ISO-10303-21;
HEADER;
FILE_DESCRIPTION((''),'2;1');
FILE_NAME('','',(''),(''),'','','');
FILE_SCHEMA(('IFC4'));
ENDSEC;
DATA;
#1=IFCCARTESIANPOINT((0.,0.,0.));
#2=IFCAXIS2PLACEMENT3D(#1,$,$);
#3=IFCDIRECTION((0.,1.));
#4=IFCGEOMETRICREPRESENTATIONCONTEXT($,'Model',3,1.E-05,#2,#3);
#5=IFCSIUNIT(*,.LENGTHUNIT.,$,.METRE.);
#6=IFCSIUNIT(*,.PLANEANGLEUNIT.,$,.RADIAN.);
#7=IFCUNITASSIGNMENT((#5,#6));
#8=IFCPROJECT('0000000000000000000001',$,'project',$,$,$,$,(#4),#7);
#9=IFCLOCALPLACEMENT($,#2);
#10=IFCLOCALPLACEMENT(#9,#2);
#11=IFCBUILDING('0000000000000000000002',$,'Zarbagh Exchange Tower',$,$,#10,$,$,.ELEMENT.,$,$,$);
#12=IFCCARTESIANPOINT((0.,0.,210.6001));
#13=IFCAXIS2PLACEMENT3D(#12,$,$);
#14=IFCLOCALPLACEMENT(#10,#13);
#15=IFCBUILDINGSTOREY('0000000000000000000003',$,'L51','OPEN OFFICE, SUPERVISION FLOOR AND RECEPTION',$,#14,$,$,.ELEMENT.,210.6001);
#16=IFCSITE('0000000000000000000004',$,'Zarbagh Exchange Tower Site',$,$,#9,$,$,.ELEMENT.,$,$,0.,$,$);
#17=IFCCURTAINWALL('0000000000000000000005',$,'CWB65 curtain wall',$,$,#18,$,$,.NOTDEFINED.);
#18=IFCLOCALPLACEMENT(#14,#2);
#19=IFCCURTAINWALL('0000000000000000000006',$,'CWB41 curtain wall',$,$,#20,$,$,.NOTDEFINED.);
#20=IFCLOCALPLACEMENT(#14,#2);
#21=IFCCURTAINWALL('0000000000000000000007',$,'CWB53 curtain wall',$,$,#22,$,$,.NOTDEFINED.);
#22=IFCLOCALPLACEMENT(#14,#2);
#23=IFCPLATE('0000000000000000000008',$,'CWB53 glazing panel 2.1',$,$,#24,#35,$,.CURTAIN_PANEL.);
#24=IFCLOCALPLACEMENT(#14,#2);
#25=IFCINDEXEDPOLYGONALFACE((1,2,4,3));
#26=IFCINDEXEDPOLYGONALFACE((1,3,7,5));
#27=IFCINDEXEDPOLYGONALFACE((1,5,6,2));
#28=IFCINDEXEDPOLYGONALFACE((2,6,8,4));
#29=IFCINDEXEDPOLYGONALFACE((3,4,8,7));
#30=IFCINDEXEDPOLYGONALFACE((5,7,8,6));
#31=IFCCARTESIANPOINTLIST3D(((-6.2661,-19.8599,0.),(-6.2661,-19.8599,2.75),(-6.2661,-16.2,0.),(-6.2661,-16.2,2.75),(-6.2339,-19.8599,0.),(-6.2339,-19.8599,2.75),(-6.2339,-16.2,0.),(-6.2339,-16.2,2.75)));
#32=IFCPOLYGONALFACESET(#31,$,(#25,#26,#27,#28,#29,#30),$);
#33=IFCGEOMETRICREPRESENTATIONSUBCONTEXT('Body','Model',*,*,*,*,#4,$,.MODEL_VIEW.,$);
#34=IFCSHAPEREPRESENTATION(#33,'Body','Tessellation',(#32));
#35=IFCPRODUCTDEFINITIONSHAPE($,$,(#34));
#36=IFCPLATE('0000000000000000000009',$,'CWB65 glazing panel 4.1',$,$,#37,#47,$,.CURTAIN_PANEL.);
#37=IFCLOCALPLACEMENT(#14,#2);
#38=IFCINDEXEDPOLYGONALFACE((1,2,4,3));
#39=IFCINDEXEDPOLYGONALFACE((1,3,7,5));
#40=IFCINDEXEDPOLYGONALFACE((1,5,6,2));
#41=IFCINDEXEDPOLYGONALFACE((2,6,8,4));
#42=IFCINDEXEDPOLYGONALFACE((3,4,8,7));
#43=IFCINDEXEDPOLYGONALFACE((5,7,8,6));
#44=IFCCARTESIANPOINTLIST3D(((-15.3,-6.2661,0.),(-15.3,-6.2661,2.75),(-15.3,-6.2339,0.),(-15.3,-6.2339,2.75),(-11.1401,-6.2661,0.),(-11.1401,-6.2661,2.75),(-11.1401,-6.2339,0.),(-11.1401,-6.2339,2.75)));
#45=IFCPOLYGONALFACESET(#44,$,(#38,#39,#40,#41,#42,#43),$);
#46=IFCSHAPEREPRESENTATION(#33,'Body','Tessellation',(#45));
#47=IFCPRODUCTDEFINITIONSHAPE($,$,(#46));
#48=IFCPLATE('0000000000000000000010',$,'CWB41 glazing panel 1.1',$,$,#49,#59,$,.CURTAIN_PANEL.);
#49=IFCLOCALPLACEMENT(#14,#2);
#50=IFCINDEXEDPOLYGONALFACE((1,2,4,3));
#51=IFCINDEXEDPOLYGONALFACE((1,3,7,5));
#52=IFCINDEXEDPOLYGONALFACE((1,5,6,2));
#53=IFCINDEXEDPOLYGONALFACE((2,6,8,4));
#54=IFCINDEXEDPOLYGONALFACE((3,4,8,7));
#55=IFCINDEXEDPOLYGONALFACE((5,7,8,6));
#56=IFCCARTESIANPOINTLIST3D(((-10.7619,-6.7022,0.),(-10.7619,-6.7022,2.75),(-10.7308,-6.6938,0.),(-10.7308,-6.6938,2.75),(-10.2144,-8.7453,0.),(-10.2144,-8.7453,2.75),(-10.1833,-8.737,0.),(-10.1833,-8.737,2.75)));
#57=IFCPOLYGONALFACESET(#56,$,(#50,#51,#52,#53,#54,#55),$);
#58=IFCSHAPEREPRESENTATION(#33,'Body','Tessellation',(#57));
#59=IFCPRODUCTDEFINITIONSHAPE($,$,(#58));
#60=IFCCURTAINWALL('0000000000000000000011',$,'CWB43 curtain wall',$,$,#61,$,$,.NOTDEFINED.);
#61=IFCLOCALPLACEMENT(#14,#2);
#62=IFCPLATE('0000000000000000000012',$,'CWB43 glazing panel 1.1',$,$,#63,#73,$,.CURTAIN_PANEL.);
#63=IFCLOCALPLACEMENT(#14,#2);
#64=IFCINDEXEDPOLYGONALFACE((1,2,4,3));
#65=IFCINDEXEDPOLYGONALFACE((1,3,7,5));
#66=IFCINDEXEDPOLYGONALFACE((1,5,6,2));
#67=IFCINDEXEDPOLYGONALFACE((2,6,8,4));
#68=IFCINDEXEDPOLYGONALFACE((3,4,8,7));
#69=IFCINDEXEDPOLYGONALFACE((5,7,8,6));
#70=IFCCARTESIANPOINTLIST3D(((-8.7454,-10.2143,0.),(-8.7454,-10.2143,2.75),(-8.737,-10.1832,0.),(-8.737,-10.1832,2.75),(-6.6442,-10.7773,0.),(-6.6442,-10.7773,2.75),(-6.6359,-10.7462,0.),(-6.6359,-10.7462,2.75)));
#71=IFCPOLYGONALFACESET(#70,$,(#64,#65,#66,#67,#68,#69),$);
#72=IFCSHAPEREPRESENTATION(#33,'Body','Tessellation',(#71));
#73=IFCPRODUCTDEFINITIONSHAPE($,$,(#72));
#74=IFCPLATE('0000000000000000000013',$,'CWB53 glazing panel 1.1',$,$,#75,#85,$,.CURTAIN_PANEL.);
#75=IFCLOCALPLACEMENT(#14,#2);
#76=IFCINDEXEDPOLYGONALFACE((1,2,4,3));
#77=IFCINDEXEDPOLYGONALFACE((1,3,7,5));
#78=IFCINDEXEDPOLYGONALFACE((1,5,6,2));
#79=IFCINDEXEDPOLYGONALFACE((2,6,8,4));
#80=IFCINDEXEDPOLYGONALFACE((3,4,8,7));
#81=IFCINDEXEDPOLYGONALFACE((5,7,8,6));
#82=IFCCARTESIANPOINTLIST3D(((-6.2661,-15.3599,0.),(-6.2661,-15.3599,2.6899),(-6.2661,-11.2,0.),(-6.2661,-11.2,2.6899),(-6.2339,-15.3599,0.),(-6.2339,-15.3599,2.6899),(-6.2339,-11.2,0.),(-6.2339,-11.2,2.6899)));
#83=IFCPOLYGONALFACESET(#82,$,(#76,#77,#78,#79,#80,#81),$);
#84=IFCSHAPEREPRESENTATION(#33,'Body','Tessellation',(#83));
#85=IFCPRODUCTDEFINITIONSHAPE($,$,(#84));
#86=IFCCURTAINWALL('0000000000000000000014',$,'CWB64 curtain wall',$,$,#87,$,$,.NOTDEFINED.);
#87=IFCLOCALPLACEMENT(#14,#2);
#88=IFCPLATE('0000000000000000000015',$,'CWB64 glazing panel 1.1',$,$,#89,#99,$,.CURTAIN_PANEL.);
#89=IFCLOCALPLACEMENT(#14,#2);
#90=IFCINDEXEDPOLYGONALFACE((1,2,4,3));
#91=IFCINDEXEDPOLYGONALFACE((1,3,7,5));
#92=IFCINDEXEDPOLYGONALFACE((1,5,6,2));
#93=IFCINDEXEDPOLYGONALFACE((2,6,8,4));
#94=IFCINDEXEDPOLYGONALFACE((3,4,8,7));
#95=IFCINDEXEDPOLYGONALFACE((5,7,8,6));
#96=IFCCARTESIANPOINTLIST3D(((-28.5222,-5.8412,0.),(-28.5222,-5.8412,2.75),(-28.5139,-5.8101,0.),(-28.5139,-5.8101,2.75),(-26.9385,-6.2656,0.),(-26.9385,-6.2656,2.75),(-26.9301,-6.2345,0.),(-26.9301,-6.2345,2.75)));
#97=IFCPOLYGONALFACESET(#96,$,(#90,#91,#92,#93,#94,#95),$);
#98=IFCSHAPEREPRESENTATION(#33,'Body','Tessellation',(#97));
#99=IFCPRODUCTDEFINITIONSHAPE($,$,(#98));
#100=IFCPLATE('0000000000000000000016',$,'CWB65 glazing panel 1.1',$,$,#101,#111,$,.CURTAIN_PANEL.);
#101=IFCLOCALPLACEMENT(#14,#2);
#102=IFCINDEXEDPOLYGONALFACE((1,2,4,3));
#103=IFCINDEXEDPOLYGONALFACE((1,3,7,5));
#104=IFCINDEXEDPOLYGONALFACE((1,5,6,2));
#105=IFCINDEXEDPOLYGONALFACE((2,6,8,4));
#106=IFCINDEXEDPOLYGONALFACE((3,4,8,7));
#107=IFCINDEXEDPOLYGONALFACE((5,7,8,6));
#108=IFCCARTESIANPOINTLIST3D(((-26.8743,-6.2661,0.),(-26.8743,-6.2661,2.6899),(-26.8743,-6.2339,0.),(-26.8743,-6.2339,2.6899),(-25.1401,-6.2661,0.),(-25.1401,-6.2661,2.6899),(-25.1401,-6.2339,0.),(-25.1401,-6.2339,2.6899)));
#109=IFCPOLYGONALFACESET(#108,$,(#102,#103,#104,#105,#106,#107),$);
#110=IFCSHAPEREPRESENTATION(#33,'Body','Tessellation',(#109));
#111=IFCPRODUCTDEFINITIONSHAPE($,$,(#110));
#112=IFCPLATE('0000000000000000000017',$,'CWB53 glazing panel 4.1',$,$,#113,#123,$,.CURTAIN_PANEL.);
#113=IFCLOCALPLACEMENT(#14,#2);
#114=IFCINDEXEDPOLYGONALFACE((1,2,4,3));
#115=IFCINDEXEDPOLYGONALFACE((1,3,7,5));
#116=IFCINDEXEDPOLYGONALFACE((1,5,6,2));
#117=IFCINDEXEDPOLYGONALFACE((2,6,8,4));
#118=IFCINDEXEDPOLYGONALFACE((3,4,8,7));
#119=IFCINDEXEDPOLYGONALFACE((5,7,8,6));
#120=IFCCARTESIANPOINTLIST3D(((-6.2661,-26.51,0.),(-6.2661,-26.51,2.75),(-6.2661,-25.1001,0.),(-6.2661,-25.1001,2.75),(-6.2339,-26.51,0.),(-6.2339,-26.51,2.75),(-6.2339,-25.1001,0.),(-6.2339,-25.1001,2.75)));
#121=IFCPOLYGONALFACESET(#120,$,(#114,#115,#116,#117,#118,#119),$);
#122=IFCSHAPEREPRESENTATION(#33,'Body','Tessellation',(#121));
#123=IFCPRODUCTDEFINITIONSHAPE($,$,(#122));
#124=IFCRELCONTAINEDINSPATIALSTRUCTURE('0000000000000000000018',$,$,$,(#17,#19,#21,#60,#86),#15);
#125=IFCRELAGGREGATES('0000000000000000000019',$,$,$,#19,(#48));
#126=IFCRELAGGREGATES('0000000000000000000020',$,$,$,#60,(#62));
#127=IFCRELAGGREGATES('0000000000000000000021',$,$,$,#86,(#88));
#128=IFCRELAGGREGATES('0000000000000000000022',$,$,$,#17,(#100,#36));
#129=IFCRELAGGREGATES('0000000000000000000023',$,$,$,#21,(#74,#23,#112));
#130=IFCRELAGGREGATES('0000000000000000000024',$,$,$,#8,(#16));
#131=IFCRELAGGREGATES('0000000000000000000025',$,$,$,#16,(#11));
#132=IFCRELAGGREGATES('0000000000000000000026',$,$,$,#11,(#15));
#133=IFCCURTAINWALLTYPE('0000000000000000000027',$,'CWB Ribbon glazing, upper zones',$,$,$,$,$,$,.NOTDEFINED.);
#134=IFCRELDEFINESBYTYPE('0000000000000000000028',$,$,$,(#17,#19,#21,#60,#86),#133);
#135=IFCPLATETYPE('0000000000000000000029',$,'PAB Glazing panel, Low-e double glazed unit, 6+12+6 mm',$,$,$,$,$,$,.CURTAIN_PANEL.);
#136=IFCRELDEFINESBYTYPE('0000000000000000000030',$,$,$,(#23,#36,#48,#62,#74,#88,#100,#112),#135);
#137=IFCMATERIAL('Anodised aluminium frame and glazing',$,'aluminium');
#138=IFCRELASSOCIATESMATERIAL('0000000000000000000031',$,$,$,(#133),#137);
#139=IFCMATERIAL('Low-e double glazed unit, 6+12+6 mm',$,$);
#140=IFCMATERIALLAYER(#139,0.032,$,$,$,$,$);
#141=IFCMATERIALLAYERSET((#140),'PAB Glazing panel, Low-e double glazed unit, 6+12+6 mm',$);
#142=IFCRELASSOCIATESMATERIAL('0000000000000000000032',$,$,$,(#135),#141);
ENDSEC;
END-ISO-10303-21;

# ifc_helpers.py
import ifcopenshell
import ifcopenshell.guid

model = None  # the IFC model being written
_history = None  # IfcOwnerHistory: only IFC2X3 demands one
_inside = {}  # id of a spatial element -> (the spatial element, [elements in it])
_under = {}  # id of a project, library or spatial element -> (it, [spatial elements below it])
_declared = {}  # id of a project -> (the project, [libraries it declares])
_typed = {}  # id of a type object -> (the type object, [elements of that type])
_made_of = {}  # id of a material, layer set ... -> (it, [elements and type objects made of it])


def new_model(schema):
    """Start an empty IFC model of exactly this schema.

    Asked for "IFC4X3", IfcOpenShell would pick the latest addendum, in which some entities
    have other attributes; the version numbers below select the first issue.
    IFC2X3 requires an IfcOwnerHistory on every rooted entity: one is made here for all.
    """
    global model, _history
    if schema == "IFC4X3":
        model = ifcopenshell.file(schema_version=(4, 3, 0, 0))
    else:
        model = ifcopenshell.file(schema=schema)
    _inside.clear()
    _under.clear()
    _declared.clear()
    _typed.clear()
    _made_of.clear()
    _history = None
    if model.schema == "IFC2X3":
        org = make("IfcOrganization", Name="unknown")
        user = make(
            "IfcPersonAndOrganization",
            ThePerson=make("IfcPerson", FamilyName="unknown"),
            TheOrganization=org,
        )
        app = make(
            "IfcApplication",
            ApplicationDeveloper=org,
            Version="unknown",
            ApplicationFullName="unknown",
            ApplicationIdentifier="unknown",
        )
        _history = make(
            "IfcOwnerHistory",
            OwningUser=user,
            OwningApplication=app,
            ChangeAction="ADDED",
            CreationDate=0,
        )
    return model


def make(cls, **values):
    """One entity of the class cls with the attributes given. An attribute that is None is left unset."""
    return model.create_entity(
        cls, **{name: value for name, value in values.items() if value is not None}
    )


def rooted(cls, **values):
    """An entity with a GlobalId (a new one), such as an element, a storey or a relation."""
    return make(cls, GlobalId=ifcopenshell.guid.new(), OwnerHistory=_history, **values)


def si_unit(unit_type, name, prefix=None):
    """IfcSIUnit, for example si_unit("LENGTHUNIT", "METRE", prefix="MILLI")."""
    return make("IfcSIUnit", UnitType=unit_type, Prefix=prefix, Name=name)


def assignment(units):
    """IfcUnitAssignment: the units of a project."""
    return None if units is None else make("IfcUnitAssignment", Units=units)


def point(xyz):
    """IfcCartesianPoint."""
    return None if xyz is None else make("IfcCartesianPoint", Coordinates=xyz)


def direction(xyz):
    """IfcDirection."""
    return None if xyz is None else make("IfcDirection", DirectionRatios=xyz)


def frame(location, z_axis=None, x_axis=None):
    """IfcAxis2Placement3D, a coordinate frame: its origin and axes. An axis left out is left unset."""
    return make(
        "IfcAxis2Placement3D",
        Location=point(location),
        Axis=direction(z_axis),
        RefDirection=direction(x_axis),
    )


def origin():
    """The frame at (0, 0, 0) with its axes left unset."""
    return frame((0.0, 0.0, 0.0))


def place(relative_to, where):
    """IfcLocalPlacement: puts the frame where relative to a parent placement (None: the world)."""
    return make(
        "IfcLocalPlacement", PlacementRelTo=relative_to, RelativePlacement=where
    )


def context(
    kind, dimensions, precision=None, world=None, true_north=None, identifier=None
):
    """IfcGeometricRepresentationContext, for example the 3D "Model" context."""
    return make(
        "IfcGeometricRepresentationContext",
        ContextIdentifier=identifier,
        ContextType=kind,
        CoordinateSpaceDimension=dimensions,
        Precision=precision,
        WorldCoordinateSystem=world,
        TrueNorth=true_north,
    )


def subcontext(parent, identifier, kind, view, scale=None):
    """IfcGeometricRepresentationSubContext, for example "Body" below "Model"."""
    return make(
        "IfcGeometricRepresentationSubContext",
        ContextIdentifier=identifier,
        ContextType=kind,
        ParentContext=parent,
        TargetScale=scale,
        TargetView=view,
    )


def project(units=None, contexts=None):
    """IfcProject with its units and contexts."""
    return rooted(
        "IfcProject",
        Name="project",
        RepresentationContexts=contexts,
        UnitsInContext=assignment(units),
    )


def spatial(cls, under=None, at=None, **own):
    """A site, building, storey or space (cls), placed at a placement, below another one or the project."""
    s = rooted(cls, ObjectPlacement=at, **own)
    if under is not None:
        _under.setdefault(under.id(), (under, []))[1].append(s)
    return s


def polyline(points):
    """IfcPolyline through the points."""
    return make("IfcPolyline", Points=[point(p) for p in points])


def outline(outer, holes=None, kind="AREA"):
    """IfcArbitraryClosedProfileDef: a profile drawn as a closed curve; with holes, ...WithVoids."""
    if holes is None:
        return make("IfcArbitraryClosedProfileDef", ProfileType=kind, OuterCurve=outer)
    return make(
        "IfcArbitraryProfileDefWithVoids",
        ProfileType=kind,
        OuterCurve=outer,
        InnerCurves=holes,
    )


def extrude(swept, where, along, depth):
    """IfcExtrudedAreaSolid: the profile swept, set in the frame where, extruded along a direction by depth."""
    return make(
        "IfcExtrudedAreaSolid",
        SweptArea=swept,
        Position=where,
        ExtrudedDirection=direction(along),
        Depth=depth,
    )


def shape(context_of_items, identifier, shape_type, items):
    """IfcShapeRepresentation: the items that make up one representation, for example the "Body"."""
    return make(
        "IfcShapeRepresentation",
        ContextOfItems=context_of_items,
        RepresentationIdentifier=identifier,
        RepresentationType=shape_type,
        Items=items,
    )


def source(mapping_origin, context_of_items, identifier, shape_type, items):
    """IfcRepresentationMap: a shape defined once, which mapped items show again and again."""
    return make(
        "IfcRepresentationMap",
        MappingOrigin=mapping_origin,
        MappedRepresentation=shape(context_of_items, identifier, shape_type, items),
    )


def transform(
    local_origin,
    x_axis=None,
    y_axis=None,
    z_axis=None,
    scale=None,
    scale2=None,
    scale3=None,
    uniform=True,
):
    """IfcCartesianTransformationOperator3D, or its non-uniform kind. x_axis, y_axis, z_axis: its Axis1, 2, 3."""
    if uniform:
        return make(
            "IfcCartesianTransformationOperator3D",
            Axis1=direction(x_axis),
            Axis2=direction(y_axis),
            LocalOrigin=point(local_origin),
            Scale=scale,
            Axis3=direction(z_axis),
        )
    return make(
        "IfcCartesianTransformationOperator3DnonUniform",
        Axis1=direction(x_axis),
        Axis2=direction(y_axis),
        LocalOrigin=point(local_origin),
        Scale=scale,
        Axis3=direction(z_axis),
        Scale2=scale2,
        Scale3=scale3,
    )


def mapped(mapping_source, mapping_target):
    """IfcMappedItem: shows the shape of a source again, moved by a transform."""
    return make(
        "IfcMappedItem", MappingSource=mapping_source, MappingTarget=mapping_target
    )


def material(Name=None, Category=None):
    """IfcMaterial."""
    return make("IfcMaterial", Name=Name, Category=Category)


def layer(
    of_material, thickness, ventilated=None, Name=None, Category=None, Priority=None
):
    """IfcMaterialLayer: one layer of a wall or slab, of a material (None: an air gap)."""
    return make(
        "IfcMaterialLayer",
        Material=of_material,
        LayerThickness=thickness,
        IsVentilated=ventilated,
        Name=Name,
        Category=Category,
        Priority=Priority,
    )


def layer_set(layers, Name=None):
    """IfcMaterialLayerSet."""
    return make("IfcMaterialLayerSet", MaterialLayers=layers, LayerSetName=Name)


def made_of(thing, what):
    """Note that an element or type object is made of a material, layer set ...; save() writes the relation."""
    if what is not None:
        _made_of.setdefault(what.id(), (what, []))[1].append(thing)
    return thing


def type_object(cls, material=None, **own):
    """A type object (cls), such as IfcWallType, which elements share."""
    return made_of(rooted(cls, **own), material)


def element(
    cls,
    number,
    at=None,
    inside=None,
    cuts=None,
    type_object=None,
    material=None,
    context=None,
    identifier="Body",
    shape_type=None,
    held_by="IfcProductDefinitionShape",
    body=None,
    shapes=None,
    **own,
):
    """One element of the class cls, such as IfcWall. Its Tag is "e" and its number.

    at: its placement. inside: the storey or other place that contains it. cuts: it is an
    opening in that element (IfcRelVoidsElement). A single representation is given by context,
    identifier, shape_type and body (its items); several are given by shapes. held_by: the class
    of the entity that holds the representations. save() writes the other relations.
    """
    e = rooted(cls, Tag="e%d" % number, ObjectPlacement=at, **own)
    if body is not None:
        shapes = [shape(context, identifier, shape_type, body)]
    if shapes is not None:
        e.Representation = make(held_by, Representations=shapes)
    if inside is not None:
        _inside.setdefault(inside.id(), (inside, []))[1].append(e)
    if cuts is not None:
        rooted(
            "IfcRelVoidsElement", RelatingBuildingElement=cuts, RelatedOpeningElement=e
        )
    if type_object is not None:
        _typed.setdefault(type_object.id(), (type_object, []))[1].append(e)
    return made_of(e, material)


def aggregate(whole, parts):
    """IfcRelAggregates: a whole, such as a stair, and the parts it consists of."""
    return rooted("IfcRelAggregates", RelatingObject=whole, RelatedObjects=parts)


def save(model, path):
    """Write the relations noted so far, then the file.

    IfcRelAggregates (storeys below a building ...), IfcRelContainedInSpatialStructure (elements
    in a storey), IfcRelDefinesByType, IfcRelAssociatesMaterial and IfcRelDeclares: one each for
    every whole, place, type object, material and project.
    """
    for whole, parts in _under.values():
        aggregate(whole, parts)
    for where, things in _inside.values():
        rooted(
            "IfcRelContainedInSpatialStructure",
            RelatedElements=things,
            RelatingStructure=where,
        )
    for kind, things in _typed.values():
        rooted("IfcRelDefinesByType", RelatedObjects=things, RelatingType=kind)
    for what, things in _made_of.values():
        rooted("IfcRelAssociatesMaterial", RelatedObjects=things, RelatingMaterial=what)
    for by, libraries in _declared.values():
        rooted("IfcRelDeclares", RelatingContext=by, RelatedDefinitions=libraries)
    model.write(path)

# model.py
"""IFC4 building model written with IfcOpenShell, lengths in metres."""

from ifc_helpers import new_model, si_unit, direction, frame, origin, place, context, subcontext, project, spatial, polyline, outline, extrude, source, transform, mapped, material, layer, layer_set, type_object, element, aggregate, save


model = new_model("IFC4")

# Units and contexts
model_context = context("Model", 3, precision=1e-05, world=origin(), true_north=direction((0.0, 1.0)))
body_context = subcontext(model_context, "Body", "Model", "MODEL_VIEW")
ifc_project = project(units=[si_unit("LENGTHUNIT", "METRE"), si_unit("PLANEANGLEUNIT", "RADIAN")], contexts=[model_context])

# Site, building, storey
site_placement = place(None, origin())
site = spatial("IfcSite", under=ifc_project, at=site_placement, Name="Zarbagh Exchange Tower Site", CompositionType="ELEMENT", RefElevation=0.0)
building_placement = place(site_placement, origin())
building = spatial("IfcBuilding", under=site, at=building_placement, Name="Zarbagh Exchange Tower", CompositionType="ELEMENT")
storey_placement = place(building_placement, frame((0.0, 0.0, 210.6001)))
storey = spatial("IfcBuildingStorey", under=building, at=storey_placement, Name="L51", Description="OPEN OFFICE, SUPERVISION FLOOR AND RECEPTION", CompositionType="ELEMENT", Elevation=210.6001)

# Curtain wall
ifc_material_1 = material(Name="Anodised aluminium frame and glazing", Category="aluminium")
curtain_wall_type = type_object("IfcCurtainWallType", Name="CWB Ribbon glazing, upper zones", PredefinedType="NOTDEFINED", material=ifc_material_1)
curtain_wall_1_placement = place(storey_placement, origin())
curtain_wall_1 = element("IfcCurtainWall", 1, at=curtain_wall_1_placement, inside=storey, type_object=curtain_wall_type, Name="CWB65 curtain wall", PredefinedType="NOTDEFINED")
placement = place(storey_placement, origin())

# Curtain wall
curtain_wall_2_placement = place(storey_placement, origin())
curtain_wall_2 = element("IfcCurtainWall", 2, at=curtain_wall_2_placement, inside=storey, type_object=curtain_wall_type, Name="CWB41 curtain wall", PredefinedType="NOTDEFINED")

# Curtain wall
curtain_wall_3_placement = place(storey_placement, origin())
curtain_wall_3 = element("IfcCurtainWall", 3, at=curtain_wall_3_placement, inside=storey, type_object=curtain_wall_type, Name="CWB53 curtain wall", PredefinedType="NOTDEFINED")

# Shared definitions
ifc_material_2 = material(Name="Low-e double glazed unit, 6+12+6 mm")
ifc_layer = layer(ifc_material_2, 0.032)
ifc_layer_set = layer_set([ifc_layer], Name="PAB Glazing panel, Low-e double glazed unit, 6+12+6 mm")
plate_type = type_object("IfcPlateType", Name="PAB Glazing panel, Low-e double glazed unit, 6+12+6 mm", PredefinedType="CURTAIN_PANEL", material=ifc_layer_set)

# Plates
shared_shape_1 = source(origin(), body_context, "Body", "SweptSolid", [
    extrude(outline(polyline([(0.0, -0.0161), (3.6599, -0.0161), (3.6599, 0.0161), (0.0, 0.0161), (0.0, -0.0161)])), origin(), (0.0, 0.0, 1.0), 2.75),
])
plate_1 = element("IfcPlate", 4, at=placement, type_object=plate_type, Name="CWB53 glazing panel 2.1", PredefinedType="CURTAIN_PANEL", context=body_context, shape_type="MappedRepresentation", body=[
    mapped(shared_shape_1, transform((-6.25, -16.2, 0.0), x_axis=(0.0, -1.0, 0.0), y_axis=(1.0, 0.0, 0.0), z_axis=(0.0, 0.0, 1.0))),
])
shared_shape_2 = source(origin(), body_context, "Body", "SweptSolid", [
    extrude(outline(polyline([(0.0, -0.0161), (4.1599, -0.0161), (4.1599, 0.0161), (0.0, 0.0161), (0.0, -0.0161)])), origin(), (0.0, 0.0, 1.0), 2.75),
])
plate_2 = element("IfcPlate", 5, at=placement, type_object=plate_type, Name="CWB65 glazing panel 4.1", PredefinedType="CURTAIN_PANEL", context=body_context, shape_type="MappedRepresentation", body=[
    mapped(shared_shape_2, transform((-15.3, -6.25, 0.0), x_axis=(1.0, 0.0, 0.0), y_axis=(0.0, 1.0, 0.0), z_axis=(0.0, 0.0, 1.0))),
])
shared_shape_3 = source(origin(), body_context, "Body", "SweptSolid", [
    extrude(outline(polyline([(0.0, -0.0161), (2.1152, -0.0161), (2.1152, 0.0161), (0.0, 0.0161), (0.0, -0.0161)])), origin(), (0.0, 0.0, 1.0), 2.75),
])
plate_3 = element("IfcPlate", 6, at=placement, type_object=plate_type, Name="CWB41 glazing panel 1.1", PredefinedType="CURTAIN_PANEL", context=body_context, shape_type="MappedRepresentation", body=[
    mapped(shared_shape_3, transform((-10.7463, -6.698, 0.0), x_axis=(0.258825, -0.965924, 0.0), y_axis=(0.965924, 0.258825, 0.0), z_axis=(0.0, 0.0, 1.0))),
])
aggregate(curtain_wall_2, [plate_3])

# Curtain wall, plate
curtain_wall_4_placement = place(storey_placement, origin())
curtain_wall_4 = element("IfcCurtainWall", 7, at=curtain_wall_4_placement, inside=storey, type_object=curtain_wall_type, Name="CWB43 curtain wall", PredefinedType="NOTDEFINED")
shared_shape_4 = source(origin(), body_context, "Body", "SweptSolid", [
    extrude(outline(polyline([(0.0, -0.0161), (2.1753, -0.0161), (2.1753, 0.0161), (0.0, 0.0161), (0.0, -0.0161)])), origin(), (0.0, 0.0, 1.0), 2.75),
])
plate_4 = element("IfcPlate", 8, at=placement, type_object=plate_type, Name="CWB43 glazing panel 1.1", PredefinedType="CURTAIN_PANEL", context=body_context, shape_type="MappedRepresentation", body=[
    mapped(shared_shape_4, transform((-8.7412, -10.1987, 0.0), x_axis=(0.965924, -0.258825, 0.0), y_axis=(0.258825, 0.965924, 0.0), z_axis=(0.0, 0.0, 1.0))),
])
aggregate(curtain_wall_4, [plate_4])

# Plate
shared_shape_5 = source(origin(), body_context, "Body", "SweptSolid", [
    extrude(outline(polyline([(0.0, -0.0161), (4.1599, -0.0161), (4.1599, 0.0161), (0.0, 0.0161), (0.0, -0.0161)])), origin(), (0.0, 0.0, 1.0), 2.6899),
])
plate_5 = element("IfcPlate", 9, at=placement, type_object=plate_type, Name="CWB53 glazing panel 1.1", PredefinedType="CURTAIN_PANEL", context=body_context, shape_type="MappedRepresentation", body=[
    mapped(shared_shape_5, transform((-6.25, -11.2, 0.0), x_axis=(0.0, -1.0, 0.0), y_axis=(1.0, 0.0, 0.0), z_axis=(0.0, 0.0, 1.0))),
])

# Curtain wall, plate
curtain_wall_5_placement = place(storey_placement, origin())
curtain_wall_5 = element("IfcCurtainWall", 10, at=curtain_wall_5_placement, inside=storey, type_object=curtain_wall_type, Name="CWB64 curtain wall", PredefinedType="NOTDEFINED")
shared_shape_6 = source(origin(), body_context, "Body", "SweptSolid", [
    extrude(outline(polyline([(0.0, -0.0161), (1.6396, -0.0161), (1.6396, 0.0161), (0.0, 0.0161), (0.0, -0.0161)])), origin(), (0.0, 0.0, 1.0), 2.75),
])
plate_6 = element("IfcPlate", 11, at=placement, type_object=plate_type, Name="CWB64 glazing panel 1.1", PredefinedType="CURTAIN_PANEL", context=body_context, shape_type="MappedRepresentation", body=[
    mapped(shared_shape_6, transform((-28.5181, -5.8257, 0.0), x_axis=(0.965924, -0.258825, 0.0), y_axis=(0.258825, 0.965924, 0.0), z_axis=(0.0, 0.0, 1.0))),
])
aggregate(curtain_wall_5, [plate_6])

# Plates
shared_shape_7 = source(origin(), body_context, "Body", "SweptSolid", [
    extrude(outline(polyline([(0.0, -0.0161), (1.7341, -0.0161), (1.7341, 0.0161), (0.0, 0.0161), (0.0, -0.0161)])), origin(), (0.0, 0.0, 1.0), 2.6899),
])
plate_7 = element("IfcPlate", 12, at=placement, type_object=plate_type, Name="CWB65 glazing panel 1.1", PredefinedType="CURTAIN_PANEL", context=body_context, shape_type="MappedRepresentation", body=[
    mapped(shared_shape_7, transform((-26.8743, -6.25, 0.0), x_axis=(1.0, 0.0, 0.0), y_axis=(0.0, 1.0, 0.0), z_axis=(0.0, 0.0, 1.0))),
])
aggregate(curtain_wall_1, [plate_7, plate_2])
shared_shape_8 = source(origin(), body_context, "Body", "SweptSolid", [
    extrude(outline(polyline([(0.0, -0.0161), (1.4099, -0.0161), (1.4099, 0.0161), (0.0, 0.0161), (0.0, -0.0161)])), origin(), (0.0, 0.0, 1.0), 2.75),
])
plate_8 = element("IfcPlate", 13, at=placement, type_object=plate_type, Name="CWB53 glazing panel 4.1", PredefinedType="CURTAIN_PANEL", context=body_context, shape_type="MappedRepresentation", body=[
    mapped(shared_shape_8, transform((-6.25, -25.1001, 0.0), x_axis=(0.0, -1.0, 0.0), y_axis=(1.0, 0.0, 0.0), z_axis=(0.0, 0.0, 1.0))),
])
aggregate(curtain_wall_3, [plate_5, plate_1, plate_8])

save(model, "model.ifc")
